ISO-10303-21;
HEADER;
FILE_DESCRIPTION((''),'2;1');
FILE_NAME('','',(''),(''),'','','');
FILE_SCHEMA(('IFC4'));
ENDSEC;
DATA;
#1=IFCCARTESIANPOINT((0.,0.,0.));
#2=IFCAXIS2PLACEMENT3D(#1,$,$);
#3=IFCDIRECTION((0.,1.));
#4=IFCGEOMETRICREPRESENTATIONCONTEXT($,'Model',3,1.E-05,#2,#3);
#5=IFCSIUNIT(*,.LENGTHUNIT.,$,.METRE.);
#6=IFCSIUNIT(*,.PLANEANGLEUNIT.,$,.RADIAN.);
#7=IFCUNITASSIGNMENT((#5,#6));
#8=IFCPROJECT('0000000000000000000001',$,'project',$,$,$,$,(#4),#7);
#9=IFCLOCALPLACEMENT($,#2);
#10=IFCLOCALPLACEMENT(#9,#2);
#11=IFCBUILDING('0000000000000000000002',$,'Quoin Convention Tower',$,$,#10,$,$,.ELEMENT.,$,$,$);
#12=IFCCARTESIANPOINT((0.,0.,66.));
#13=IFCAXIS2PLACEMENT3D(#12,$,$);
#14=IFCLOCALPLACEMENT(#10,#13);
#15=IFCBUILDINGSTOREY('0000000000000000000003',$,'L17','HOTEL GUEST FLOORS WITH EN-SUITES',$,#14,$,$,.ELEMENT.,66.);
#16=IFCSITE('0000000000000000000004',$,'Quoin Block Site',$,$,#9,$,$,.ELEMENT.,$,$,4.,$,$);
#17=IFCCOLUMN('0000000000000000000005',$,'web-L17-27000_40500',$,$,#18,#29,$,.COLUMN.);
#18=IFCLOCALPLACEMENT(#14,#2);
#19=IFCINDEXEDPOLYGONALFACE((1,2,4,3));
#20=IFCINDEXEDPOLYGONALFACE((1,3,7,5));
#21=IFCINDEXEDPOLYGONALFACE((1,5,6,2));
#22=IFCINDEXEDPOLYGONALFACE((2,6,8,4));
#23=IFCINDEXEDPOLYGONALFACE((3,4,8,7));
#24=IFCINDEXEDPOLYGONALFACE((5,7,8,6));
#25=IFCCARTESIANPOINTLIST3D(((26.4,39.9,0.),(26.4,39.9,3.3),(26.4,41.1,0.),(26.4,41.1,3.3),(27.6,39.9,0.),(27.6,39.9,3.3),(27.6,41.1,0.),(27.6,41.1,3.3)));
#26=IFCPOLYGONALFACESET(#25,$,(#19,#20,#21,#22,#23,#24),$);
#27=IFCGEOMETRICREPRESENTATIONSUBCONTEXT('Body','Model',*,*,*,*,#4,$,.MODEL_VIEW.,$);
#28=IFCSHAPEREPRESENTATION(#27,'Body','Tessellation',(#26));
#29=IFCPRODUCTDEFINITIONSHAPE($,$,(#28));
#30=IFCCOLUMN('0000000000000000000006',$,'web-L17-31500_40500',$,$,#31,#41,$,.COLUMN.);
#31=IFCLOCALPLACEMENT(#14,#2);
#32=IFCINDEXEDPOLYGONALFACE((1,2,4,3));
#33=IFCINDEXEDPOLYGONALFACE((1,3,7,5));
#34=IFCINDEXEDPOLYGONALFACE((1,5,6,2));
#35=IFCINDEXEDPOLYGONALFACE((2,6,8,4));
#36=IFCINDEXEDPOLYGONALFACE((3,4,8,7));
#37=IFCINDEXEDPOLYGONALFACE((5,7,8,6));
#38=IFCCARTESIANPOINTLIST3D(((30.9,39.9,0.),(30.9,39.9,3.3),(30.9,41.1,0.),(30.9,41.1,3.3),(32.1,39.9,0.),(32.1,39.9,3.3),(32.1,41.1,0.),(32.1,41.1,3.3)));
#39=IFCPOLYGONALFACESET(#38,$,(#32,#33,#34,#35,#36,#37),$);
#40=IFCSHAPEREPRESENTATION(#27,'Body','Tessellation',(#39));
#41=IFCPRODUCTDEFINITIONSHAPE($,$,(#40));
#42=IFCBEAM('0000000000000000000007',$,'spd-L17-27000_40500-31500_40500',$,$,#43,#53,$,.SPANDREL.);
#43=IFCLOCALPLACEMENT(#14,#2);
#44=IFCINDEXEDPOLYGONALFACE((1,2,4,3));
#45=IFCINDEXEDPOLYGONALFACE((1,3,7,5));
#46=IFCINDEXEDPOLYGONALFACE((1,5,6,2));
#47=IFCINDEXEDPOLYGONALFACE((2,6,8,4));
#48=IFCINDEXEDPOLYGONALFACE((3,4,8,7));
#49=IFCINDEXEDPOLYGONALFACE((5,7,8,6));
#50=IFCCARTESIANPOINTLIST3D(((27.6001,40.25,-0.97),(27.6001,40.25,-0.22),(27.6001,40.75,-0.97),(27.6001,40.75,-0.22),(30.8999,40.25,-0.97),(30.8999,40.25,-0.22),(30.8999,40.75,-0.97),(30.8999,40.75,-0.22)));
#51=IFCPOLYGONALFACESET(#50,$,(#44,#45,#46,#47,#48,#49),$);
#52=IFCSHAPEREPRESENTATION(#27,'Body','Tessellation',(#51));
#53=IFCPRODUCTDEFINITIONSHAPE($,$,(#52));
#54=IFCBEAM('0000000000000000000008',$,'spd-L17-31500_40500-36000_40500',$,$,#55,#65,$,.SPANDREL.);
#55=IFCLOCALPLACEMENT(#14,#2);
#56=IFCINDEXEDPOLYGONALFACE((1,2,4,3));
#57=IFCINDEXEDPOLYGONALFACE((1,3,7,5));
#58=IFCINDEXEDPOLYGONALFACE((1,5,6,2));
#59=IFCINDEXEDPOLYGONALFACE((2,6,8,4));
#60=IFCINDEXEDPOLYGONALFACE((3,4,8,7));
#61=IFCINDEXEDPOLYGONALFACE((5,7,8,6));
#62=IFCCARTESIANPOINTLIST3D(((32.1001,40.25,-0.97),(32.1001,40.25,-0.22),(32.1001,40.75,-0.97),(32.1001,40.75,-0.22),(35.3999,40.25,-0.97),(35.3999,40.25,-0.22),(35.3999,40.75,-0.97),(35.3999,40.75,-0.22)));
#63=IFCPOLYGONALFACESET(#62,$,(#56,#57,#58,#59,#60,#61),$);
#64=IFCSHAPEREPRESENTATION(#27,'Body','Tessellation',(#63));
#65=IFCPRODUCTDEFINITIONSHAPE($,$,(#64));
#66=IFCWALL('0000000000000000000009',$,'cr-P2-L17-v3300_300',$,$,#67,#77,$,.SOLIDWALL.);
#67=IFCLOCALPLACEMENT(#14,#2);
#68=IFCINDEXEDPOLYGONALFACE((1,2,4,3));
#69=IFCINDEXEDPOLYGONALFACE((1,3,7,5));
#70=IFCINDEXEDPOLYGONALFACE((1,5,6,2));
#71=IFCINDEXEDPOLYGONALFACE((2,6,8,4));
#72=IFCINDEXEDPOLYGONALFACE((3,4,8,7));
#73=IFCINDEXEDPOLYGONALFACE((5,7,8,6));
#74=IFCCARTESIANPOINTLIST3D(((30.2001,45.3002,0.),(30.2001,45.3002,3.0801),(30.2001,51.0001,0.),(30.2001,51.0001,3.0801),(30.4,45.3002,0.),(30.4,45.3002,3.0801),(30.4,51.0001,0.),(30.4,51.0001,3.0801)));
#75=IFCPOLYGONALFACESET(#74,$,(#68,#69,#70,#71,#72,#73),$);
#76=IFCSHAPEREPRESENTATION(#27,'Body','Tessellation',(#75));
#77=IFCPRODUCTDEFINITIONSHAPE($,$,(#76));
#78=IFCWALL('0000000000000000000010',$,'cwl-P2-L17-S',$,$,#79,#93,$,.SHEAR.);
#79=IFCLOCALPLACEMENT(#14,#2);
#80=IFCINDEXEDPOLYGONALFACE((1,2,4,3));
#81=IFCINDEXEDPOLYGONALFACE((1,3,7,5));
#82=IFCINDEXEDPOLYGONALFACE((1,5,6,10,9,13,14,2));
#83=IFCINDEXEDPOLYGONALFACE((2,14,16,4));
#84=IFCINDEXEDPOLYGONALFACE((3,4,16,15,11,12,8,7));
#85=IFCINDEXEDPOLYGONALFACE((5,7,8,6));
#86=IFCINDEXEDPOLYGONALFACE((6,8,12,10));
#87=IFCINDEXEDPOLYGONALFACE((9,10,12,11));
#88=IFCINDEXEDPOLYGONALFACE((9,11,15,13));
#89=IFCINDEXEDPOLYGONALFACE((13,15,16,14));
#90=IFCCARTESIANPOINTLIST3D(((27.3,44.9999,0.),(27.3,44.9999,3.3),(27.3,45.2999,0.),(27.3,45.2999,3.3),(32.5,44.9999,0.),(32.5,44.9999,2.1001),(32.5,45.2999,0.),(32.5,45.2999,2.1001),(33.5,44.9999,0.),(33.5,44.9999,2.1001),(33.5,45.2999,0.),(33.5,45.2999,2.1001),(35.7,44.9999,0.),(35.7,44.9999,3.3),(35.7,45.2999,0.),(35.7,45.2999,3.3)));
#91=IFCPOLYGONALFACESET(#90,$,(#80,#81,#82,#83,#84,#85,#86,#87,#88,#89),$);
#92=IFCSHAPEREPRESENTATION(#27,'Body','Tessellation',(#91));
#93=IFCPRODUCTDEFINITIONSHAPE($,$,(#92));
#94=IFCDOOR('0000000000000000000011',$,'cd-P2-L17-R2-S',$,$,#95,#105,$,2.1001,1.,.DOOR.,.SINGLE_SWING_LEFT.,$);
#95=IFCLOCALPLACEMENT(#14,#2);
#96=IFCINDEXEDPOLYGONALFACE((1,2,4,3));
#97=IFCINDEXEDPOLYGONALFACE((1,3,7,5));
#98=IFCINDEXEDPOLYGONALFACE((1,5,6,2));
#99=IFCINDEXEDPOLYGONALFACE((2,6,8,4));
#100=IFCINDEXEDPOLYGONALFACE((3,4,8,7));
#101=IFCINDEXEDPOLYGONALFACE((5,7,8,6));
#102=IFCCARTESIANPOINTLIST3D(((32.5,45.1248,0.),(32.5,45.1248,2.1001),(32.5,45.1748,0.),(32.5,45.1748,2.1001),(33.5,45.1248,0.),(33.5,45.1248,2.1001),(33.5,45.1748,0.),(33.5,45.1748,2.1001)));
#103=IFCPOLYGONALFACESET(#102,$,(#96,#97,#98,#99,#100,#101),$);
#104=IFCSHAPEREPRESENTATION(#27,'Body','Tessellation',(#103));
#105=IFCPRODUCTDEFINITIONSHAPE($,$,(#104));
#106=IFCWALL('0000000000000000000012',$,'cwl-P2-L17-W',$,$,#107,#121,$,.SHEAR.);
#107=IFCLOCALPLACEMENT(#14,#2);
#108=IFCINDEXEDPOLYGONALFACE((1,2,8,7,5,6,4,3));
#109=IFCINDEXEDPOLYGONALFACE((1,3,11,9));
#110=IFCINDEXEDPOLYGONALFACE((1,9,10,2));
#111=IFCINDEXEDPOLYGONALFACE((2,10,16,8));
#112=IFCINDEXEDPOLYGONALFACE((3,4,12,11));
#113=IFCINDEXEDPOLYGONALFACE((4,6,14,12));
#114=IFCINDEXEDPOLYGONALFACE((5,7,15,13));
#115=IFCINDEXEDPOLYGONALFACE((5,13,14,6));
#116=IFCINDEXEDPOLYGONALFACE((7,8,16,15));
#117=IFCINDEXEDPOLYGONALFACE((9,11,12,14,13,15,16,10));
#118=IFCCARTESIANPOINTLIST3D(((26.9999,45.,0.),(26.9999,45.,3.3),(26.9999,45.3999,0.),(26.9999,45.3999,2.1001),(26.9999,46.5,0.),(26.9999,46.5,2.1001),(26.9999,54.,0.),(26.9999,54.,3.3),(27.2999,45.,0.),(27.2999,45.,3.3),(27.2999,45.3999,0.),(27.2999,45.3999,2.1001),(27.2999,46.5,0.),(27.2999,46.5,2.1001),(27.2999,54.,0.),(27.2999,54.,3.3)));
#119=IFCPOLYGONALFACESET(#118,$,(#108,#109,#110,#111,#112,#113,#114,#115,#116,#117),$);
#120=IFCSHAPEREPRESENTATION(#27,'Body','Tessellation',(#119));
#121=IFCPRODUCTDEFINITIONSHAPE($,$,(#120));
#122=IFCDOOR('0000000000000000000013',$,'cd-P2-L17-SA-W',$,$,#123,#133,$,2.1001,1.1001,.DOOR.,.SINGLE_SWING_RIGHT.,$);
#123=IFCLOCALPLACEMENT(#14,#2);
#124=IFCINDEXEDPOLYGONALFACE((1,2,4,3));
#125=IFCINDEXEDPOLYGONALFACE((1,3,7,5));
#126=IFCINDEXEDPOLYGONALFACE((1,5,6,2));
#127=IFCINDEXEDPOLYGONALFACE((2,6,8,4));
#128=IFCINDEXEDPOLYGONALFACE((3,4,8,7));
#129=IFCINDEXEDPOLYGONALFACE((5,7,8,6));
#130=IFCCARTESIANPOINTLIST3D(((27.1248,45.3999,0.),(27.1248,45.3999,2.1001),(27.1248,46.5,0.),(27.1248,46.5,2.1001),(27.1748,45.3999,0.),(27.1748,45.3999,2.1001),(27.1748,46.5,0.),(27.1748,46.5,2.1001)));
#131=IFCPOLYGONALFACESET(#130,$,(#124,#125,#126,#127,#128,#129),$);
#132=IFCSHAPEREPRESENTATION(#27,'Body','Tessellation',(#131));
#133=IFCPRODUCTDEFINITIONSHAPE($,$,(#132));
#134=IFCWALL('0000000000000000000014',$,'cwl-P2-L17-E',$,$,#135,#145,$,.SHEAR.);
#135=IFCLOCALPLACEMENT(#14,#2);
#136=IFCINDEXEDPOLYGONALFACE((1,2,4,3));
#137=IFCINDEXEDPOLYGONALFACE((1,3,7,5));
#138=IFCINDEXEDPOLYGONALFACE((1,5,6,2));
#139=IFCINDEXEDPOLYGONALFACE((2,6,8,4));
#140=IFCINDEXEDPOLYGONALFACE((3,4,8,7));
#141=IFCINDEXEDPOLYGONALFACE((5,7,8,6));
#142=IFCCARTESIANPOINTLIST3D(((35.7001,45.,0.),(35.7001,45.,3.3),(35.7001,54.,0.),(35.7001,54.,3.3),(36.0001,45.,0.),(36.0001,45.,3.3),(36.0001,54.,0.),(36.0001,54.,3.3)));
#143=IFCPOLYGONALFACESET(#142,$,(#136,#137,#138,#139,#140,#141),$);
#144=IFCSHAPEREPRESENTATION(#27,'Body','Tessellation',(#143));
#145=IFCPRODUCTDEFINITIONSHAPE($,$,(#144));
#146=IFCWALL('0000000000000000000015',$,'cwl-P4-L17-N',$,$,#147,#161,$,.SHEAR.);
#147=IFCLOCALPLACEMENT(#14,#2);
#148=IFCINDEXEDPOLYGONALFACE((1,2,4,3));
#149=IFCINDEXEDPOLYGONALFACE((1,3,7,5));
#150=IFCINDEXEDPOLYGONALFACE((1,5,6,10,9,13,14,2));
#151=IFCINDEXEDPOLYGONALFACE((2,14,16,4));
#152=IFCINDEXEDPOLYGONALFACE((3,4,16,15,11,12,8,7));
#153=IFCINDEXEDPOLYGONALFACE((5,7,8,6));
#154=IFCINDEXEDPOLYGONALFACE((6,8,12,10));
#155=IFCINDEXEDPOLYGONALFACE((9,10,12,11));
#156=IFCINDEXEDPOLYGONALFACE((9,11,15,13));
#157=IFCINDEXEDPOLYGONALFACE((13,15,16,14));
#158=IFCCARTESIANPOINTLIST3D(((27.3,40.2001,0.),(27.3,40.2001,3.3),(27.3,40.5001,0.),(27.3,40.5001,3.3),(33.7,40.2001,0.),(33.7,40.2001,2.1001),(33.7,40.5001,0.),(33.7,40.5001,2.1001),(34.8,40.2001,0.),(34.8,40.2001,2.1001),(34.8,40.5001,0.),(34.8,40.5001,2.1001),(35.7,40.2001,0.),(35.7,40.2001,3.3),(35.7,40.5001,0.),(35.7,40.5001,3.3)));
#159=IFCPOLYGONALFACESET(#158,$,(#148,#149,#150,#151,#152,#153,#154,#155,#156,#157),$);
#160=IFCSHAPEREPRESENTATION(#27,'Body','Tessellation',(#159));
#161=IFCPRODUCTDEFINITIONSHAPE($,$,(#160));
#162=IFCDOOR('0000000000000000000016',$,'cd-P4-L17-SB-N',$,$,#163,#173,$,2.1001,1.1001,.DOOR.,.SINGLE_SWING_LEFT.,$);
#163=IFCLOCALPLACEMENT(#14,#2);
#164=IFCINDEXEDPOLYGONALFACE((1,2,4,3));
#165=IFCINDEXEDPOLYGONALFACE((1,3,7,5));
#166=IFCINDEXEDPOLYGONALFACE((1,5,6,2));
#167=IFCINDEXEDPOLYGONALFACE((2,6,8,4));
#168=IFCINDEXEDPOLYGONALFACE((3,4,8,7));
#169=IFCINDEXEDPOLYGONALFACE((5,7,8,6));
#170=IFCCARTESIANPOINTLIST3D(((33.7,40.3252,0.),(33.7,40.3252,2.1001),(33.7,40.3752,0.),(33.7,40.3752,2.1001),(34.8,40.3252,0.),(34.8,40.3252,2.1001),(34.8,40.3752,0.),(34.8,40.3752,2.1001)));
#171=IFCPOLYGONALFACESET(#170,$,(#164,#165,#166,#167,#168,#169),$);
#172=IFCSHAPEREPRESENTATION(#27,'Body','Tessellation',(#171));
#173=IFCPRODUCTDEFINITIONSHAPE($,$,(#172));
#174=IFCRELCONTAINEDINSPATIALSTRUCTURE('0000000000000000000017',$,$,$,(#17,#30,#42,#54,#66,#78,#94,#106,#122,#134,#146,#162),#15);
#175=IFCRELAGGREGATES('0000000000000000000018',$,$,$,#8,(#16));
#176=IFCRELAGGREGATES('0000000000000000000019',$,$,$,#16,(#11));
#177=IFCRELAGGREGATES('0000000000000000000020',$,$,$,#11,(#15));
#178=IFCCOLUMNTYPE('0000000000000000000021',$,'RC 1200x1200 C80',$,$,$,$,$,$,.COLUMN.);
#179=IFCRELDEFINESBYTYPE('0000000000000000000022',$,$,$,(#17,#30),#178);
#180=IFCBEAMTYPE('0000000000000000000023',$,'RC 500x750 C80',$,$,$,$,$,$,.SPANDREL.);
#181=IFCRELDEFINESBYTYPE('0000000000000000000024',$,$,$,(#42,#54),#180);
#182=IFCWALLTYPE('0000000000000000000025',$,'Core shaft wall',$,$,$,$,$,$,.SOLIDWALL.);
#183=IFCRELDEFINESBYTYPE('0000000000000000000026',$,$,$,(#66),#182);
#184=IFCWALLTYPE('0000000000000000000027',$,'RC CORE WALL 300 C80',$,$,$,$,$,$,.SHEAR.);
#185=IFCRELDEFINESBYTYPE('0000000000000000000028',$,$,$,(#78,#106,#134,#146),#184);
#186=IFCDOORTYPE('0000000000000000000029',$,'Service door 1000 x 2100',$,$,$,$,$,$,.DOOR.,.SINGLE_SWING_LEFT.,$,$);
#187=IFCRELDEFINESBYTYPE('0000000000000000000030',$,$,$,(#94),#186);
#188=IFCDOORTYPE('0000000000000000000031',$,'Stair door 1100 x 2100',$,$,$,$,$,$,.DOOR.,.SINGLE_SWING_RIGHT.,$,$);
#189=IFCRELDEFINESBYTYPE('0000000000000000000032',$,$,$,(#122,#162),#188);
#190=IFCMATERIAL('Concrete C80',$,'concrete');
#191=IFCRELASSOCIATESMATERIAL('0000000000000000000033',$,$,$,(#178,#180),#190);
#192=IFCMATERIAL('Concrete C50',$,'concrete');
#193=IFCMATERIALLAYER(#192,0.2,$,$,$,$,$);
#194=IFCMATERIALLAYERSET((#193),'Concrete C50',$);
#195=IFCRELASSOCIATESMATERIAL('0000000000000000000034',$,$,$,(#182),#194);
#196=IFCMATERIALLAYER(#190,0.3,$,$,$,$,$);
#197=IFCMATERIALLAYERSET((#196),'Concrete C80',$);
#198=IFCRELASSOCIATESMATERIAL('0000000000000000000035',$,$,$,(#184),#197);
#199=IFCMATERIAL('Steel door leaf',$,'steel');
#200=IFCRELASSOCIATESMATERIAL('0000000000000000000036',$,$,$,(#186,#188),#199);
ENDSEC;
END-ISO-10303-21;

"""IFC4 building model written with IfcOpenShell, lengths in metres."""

from ifc_helpers import new_model, si_unit, direction, frame, frame_2d, origin, origin_2d, place, context, subcontext, project, spatial, rectangle, extrude, material, layer, layer_set, material_profile, profile_set, type_object, element, fill, save


model = new_model("IFC4")

# Units and contexts
model_context = context("Model", 3, precision=1e-05, world=origin(), true_north=direction((0.0, 1.0)))
body_context = subcontext(model_context, "Body", "Model", "MODEL_VIEW")
ifc_project = project(units=[si_unit("LENGTHUNIT", "METRE"), si_unit("PLANEANGLEUNIT", "RADIAN")], contexts=[model_context])

# Site, building, storey
site_placement = place(None, origin())
site = spatial("IfcSite", under=ifc_project, at=site_placement, Name="Quoin Block Site", CompositionType="ELEMENT", RefElevation=4.0)
building_placement = place(site_placement, origin())
building = spatial("IfcBuilding", under=site, at=building_placement, Name="Quoin Convention Tower", CompositionType="ELEMENT")
storey_placement = place(building_placement, frame((0.0, 0.0, 66.0)))
storey = spatial("IfcBuildingStorey", under=building, at=storey_placement, Name="L17", Description="HOTEL GUEST FLOORS WITH EN-SUITES", CompositionType="ELEMENT", Elevation=66.0)

# Columns
ifc_material_1 = material(Name="Concrete C80", Category="concrete")
ifc_material_profile_1 = material_profile(ifc_material_1, rectangle(XDim=1.2, YDim=1.2, at=origin_2d()), Name="RC 1200x1200")
ifc_profile_set_1 = profile_set([ifc_material_profile_1], Name="Concrete C80")
column_type = type_object("IfcColumnType", Name="RC 1200x1200 C80", PredefinedType="COLUMN", material=ifc_profile_set_1)
for number, where, z_axis, x_axis, name in (
    (1, (27.0, 40.5, 0.0), (0.0, 0.0, 1.0), (1.0, 0.0, 0.0), "web-L17-27000_40500"),
    (2, (31.5, 40.5, 0.0), (0.0, 0.0, 1.0), (1.0, 0.0, 0.0), "web-L17-31500_40500"),
):
    element("IfcColumn", number, at=place(storey_placement, frame(where, z_axis=z_axis, x_axis=x_axis)), inside=storey, type_object=column_type, Name=name, PredefinedType="COLUMN", context=body_context, shape_type="SweptSolid", body=[
        extrude(rectangle(XDim=1.2, YDim=1.2, at=origin_2d()), origin(), (0.0, 0.0, 1.0), 3.3),
    ])

# Beams
ifc_material_profile_2 = material_profile(ifc_material_1, rectangle(XDim=0.5, YDim=0.75, at=origin_2d()), Name="RC 500x750")
ifc_profile_set_2 = profile_set([ifc_material_profile_2], Name="Concrete C80")
beam_type = type_object("IfcBeamType", Name="RC 500x750 C80", PredefinedType="SPANDREL", material=ifc_profile_set_2)
for number, where, z_axis, x_axis, name in (
    (3, (27.6001, 40.5, -0.595), (1.0, 0.0, 0.0), (0.0, 1.0, 0.0), "spd-L17-27000_40500-31500_40500"),
    (4, (32.1001, 40.5, -0.595), (1.0, 0.0, 0.0), (0.0, 1.0, 0.0), "spd-L17-31500_40500-36000_40500"),
):
    element("IfcBeam", number, at=place(storey_placement, frame(where, z_axis=z_axis, x_axis=x_axis)), inside=storey, type_object=beam_type, Name=name, PredefinedType="SPANDREL", context=body_context, shape_type="SweptSolid", body=[
        extrude(rectangle(XDim=0.5, YDim=0.75, at=origin_2d()), origin(), (0.0, 0.0, 1.0), 3.2998),
    ])

# Wall
ifc_material_2 = material(Name="Concrete C50", Category="concrete")
ifc_layer_1 = layer(ifc_material_2, 0.2)
ifc_layer_set_1 = layer_set([ifc_layer_1], Name="Concrete C50")
wall_type_1 = type_object("IfcWallType", Name="Core shaft wall", PredefinedType="SOLIDWALL", material=ifc_layer_set_1)
wall_1_placement = place(storey_placement, frame((30.3, 45.3, 0.0), z_axis=(0.0, 0.0, 1.0), x_axis=(0.0, 1.0, 0.0)))
element("IfcWall", 5, at=wall_1_placement, inside=storey, type_object=wall_type_1, Name="cr-P2-L17-v3300_300", PredefinedType="SOLIDWALL", context=body_context, shape_type="SweptSolid", body=[
    extrude(rectangle(XDim=5.7, YDim=0.2, at=frame_2d((2.8501, 0.0))), origin(), (0.0, 0.0, 1.0), 3.0801),
])

# Walls, openings, doors
ifc_layer_2 = layer(ifc_material_1, 0.3)
ifc_layer_set_2 = layer_set([ifc_layer_2], Name="Concrete C80")
wall_type_2 = type_object("IfcWallType", Name="RC CORE WALL 300 C80", PredefinedType="SHEAR", material=ifc_layer_set_2)
wall_2_placement = place(storey_placement, frame((27.3, 45.1499, 0.0), z_axis=(0.0, 0.0, 1.0), x_axis=(1.0, 0.0, 0.0)))
wall_2 = element("IfcWall", 6, at=wall_2_placement, inside=storey, type_object=wall_type_2, Name="cwl-P2-L17-S", PredefinedType="SHEAR", context=body_context, shape_type="SweptSolid", body=[
    extrude(rectangle(XDim=8.3999, YDim=0.3, at=frame_2d((4.2, 0.0))), origin(), (0.0, 0.0, 1.0), 3.3),
])
opening_1_placement = place(wall_2_placement, frame((5.2, 0.0, 0.0)))
opening_1 = element("IfcOpeningElement", 7, at=opening_1_placement, cuts=wall_2, PredefinedType="OPENING", context=body_context, shape_type="SweptSolid", body=[
    extrude(rectangle(XDim=1.0, YDim=2.1001, at=frame_2d((0.5, 1.05))), frame((0.0, 0.1599, 0.0), z_axis=(0.0, -1.0, 0.0), x_axis=(1.0, 0.0, 0.0)), (0.0, 0.0, 1.0), 0.3201),
])
ifc_material_3 = material(Name="Steel door leaf", Category="steel")
door_type_1 = type_object("IfcDoorType", Name="Service door 1000 x 2100", OperationType="SINGLE_SWING_LEFT", PredefinedType="DOOR", material=ifc_material_3)
door_1_placement = place(opening_1_placement, origin())
door_1 = element("IfcDoor", 8, at=door_1_placement, inside=storey, type_object=door_type_1, Name="cd-P2-L17-R2-S", OperationType="SINGLE_SWING_LEFT", OverallHeight=2.1001, OverallWidth=1.0, PredefinedType="DOOR", context=body_context, shape_type="SweptSolid", body=[
    extrude(rectangle(XDim=1.0, YDim=2.1001, at=frame_2d((0.5, 1.05))), frame((0.0, 0.0249, 0.0), z_axis=(0.0, -1.0, 0.0), x_axis=(1.0, 0.0, 0.0)), (0.0, 0.0, 1.0), 0.05),
])
fill(opening_1, door_1)
wall_3_placement = place(storey_placement, frame((27.1499, 45.0, 0.0), z_axis=(0.0, 0.0, 1.0), x_axis=(0.0, 1.0, 0.0)))
wall_3 = element("IfcWall", 9, at=wall_3_placement, inside=storey, type_object=wall_type_2, Name="cwl-P2-L17-W", PredefinedType="SHEAR", context=body_context, shape_type="SweptSolid", body=[
    extrude(rectangle(XDim=9.0, YDim=0.3, at=frame_2d((4.5, 0.0))), origin(), (0.0, 0.0, 1.0), 3.3),
])
opening_2_placement = place(wall_3_placement, frame((0.3999, 0.0, 0.0)))
opening_2 = element("IfcOpeningElement", 10, at=opening_2_placement, cuts=wall_3, PredefinedType="OPENING", context=body_context, shape_type="SweptSolid", body=[
    extrude(rectangle(XDim=1.1001, YDim=2.1001, at=frame_2d((0.55, 1.05))), frame((0.0, 0.1599, 0.0), z_axis=(0.0, -1.0, 0.0), x_axis=(1.0, 0.0, 0.0)), (0.0, 0.0, 1.0), 0.3201),
])
door_type_2 = type_object("IfcDoorType", Name="Stair door 1100 x 2100", OperationType="SINGLE_SWING_RIGHT", PredefinedType="DOOR", material=ifc_material_3)
door_2_placement = place(opening_2_placement, frame((1.1001, 0.0, 0.0), z_axis=(0.0, 0.0, 1.0), x_axis=(-1.0, 0.0, 0.0)))
door_2 = element("IfcDoor", 11, at=door_2_placement, inside=storey, type_object=door_type_2, Name="cd-P2-L17-SA-W", OperationType="SINGLE_SWING_RIGHT", OverallHeight=2.1001, OverallWidth=1.1001, PredefinedType="DOOR", context=body_context, shape_type="SweptSolid", body=[
    extrude(rectangle(XDim=1.1001, YDim=2.1001, at=frame_2d((0.55, 1.05))), frame((0.0, 0.0249, 0.0), z_axis=(0.0, -1.0, 0.0), x_axis=(1.0, 0.0, 0.0)), (0.0, 0.0, 1.0), 0.05),
])
fill(opening_2, door_2)

# Wall
wall_4_placement = place(storey_placement, frame((35.8501, 45.0, 0.0), z_axis=(0.0, 0.0, 1.0), x_axis=(0.0, 1.0, 0.0)))
element("IfcWall", 12, at=wall_4_placement, inside=storey, type_object=wall_type_2, Name="cwl-P2-L17-E", PredefinedType="SHEAR", context=body_context, shape_type="SweptSolid", body=[
    extrude(rectangle(XDim=9.0, YDim=0.3, at=frame_2d((4.5, 0.0))), origin(), (0.0, 0.0, 1.0), 3.3),
])

# Wall, opening, door
wall_5_placement = place(storey_placement, frame((27.3, 40.3501, 0.0), z_axis=(0.0, 0.0, 1.0), x_axis=(1.0, 0.0, 0.0)))
wall_5 = element("IfcWall", 13, at=wall_5_placement, inside=storey, type_object=wall_type_2, Name="cwl-P4-L17-N", PredefinedType="SHEAR", context=body_context, shape_type="SweptSolid", body=[
    extrude(rectangle(XDim=8.3999, YDim=0.3, at=frame_2d((4.2, 0.0))), origin(), (0.0, 0.0, 1.0), 3.3),
])
opening_3_placement = place(wall_5_placement, frame((6.3999, 0.0, 0.0)))
opening_3 = element("IfcOpeningElement", 14, at=opening_3_placement, cuts=wall_5, PredefinedType="OPENING", context=body_context, shape_type="SweptSolid", body=[
    extrude(rectangle(XDim=1.1001, YDim=2.1001, at=frame_2d((0.55, 1.05))), frame((0.0, 0.1599, 0.0), z_axis=(0.0, -1.0, 0.0), x_axis=(1.0, 0.0, 0.0)), (0.0, 0.0, 1.0), 0.3201),
])
door_3_placement = place(opening_3_placement, frame((1.1001, 0.0, 0.0), z_axis=(0.0, 0.0, 1.0), x_axis=(-1.0, 0.0, 0.0)))
door_3 = element("IfcDoor", 15, at=door_3_placement, inside=storey, type_object=door_type_2, Name="cd-P4-L17-SB-N", OperationType="SINGLE_SWING_LEFT", OverallHeight=2.1001, OverallWidth=1.1001, PredefinedType="DOOR", context=body_context, shape_type="SweptSolid", body=[
    extrude(rectangle(XDim=1.1001, YDim=2.1001, at=frame_2d((0.55, 1.05))), frame((0.0, 0.0249, 0.0), z_axis=(0.0, -1.0, 0.0), x_axis=(1.0, 0.0, 0.0)), (0.0, 0.0, 1.0), 0.05),
])
fill(opening_3, door_3)

save(model, "model.ifc")
